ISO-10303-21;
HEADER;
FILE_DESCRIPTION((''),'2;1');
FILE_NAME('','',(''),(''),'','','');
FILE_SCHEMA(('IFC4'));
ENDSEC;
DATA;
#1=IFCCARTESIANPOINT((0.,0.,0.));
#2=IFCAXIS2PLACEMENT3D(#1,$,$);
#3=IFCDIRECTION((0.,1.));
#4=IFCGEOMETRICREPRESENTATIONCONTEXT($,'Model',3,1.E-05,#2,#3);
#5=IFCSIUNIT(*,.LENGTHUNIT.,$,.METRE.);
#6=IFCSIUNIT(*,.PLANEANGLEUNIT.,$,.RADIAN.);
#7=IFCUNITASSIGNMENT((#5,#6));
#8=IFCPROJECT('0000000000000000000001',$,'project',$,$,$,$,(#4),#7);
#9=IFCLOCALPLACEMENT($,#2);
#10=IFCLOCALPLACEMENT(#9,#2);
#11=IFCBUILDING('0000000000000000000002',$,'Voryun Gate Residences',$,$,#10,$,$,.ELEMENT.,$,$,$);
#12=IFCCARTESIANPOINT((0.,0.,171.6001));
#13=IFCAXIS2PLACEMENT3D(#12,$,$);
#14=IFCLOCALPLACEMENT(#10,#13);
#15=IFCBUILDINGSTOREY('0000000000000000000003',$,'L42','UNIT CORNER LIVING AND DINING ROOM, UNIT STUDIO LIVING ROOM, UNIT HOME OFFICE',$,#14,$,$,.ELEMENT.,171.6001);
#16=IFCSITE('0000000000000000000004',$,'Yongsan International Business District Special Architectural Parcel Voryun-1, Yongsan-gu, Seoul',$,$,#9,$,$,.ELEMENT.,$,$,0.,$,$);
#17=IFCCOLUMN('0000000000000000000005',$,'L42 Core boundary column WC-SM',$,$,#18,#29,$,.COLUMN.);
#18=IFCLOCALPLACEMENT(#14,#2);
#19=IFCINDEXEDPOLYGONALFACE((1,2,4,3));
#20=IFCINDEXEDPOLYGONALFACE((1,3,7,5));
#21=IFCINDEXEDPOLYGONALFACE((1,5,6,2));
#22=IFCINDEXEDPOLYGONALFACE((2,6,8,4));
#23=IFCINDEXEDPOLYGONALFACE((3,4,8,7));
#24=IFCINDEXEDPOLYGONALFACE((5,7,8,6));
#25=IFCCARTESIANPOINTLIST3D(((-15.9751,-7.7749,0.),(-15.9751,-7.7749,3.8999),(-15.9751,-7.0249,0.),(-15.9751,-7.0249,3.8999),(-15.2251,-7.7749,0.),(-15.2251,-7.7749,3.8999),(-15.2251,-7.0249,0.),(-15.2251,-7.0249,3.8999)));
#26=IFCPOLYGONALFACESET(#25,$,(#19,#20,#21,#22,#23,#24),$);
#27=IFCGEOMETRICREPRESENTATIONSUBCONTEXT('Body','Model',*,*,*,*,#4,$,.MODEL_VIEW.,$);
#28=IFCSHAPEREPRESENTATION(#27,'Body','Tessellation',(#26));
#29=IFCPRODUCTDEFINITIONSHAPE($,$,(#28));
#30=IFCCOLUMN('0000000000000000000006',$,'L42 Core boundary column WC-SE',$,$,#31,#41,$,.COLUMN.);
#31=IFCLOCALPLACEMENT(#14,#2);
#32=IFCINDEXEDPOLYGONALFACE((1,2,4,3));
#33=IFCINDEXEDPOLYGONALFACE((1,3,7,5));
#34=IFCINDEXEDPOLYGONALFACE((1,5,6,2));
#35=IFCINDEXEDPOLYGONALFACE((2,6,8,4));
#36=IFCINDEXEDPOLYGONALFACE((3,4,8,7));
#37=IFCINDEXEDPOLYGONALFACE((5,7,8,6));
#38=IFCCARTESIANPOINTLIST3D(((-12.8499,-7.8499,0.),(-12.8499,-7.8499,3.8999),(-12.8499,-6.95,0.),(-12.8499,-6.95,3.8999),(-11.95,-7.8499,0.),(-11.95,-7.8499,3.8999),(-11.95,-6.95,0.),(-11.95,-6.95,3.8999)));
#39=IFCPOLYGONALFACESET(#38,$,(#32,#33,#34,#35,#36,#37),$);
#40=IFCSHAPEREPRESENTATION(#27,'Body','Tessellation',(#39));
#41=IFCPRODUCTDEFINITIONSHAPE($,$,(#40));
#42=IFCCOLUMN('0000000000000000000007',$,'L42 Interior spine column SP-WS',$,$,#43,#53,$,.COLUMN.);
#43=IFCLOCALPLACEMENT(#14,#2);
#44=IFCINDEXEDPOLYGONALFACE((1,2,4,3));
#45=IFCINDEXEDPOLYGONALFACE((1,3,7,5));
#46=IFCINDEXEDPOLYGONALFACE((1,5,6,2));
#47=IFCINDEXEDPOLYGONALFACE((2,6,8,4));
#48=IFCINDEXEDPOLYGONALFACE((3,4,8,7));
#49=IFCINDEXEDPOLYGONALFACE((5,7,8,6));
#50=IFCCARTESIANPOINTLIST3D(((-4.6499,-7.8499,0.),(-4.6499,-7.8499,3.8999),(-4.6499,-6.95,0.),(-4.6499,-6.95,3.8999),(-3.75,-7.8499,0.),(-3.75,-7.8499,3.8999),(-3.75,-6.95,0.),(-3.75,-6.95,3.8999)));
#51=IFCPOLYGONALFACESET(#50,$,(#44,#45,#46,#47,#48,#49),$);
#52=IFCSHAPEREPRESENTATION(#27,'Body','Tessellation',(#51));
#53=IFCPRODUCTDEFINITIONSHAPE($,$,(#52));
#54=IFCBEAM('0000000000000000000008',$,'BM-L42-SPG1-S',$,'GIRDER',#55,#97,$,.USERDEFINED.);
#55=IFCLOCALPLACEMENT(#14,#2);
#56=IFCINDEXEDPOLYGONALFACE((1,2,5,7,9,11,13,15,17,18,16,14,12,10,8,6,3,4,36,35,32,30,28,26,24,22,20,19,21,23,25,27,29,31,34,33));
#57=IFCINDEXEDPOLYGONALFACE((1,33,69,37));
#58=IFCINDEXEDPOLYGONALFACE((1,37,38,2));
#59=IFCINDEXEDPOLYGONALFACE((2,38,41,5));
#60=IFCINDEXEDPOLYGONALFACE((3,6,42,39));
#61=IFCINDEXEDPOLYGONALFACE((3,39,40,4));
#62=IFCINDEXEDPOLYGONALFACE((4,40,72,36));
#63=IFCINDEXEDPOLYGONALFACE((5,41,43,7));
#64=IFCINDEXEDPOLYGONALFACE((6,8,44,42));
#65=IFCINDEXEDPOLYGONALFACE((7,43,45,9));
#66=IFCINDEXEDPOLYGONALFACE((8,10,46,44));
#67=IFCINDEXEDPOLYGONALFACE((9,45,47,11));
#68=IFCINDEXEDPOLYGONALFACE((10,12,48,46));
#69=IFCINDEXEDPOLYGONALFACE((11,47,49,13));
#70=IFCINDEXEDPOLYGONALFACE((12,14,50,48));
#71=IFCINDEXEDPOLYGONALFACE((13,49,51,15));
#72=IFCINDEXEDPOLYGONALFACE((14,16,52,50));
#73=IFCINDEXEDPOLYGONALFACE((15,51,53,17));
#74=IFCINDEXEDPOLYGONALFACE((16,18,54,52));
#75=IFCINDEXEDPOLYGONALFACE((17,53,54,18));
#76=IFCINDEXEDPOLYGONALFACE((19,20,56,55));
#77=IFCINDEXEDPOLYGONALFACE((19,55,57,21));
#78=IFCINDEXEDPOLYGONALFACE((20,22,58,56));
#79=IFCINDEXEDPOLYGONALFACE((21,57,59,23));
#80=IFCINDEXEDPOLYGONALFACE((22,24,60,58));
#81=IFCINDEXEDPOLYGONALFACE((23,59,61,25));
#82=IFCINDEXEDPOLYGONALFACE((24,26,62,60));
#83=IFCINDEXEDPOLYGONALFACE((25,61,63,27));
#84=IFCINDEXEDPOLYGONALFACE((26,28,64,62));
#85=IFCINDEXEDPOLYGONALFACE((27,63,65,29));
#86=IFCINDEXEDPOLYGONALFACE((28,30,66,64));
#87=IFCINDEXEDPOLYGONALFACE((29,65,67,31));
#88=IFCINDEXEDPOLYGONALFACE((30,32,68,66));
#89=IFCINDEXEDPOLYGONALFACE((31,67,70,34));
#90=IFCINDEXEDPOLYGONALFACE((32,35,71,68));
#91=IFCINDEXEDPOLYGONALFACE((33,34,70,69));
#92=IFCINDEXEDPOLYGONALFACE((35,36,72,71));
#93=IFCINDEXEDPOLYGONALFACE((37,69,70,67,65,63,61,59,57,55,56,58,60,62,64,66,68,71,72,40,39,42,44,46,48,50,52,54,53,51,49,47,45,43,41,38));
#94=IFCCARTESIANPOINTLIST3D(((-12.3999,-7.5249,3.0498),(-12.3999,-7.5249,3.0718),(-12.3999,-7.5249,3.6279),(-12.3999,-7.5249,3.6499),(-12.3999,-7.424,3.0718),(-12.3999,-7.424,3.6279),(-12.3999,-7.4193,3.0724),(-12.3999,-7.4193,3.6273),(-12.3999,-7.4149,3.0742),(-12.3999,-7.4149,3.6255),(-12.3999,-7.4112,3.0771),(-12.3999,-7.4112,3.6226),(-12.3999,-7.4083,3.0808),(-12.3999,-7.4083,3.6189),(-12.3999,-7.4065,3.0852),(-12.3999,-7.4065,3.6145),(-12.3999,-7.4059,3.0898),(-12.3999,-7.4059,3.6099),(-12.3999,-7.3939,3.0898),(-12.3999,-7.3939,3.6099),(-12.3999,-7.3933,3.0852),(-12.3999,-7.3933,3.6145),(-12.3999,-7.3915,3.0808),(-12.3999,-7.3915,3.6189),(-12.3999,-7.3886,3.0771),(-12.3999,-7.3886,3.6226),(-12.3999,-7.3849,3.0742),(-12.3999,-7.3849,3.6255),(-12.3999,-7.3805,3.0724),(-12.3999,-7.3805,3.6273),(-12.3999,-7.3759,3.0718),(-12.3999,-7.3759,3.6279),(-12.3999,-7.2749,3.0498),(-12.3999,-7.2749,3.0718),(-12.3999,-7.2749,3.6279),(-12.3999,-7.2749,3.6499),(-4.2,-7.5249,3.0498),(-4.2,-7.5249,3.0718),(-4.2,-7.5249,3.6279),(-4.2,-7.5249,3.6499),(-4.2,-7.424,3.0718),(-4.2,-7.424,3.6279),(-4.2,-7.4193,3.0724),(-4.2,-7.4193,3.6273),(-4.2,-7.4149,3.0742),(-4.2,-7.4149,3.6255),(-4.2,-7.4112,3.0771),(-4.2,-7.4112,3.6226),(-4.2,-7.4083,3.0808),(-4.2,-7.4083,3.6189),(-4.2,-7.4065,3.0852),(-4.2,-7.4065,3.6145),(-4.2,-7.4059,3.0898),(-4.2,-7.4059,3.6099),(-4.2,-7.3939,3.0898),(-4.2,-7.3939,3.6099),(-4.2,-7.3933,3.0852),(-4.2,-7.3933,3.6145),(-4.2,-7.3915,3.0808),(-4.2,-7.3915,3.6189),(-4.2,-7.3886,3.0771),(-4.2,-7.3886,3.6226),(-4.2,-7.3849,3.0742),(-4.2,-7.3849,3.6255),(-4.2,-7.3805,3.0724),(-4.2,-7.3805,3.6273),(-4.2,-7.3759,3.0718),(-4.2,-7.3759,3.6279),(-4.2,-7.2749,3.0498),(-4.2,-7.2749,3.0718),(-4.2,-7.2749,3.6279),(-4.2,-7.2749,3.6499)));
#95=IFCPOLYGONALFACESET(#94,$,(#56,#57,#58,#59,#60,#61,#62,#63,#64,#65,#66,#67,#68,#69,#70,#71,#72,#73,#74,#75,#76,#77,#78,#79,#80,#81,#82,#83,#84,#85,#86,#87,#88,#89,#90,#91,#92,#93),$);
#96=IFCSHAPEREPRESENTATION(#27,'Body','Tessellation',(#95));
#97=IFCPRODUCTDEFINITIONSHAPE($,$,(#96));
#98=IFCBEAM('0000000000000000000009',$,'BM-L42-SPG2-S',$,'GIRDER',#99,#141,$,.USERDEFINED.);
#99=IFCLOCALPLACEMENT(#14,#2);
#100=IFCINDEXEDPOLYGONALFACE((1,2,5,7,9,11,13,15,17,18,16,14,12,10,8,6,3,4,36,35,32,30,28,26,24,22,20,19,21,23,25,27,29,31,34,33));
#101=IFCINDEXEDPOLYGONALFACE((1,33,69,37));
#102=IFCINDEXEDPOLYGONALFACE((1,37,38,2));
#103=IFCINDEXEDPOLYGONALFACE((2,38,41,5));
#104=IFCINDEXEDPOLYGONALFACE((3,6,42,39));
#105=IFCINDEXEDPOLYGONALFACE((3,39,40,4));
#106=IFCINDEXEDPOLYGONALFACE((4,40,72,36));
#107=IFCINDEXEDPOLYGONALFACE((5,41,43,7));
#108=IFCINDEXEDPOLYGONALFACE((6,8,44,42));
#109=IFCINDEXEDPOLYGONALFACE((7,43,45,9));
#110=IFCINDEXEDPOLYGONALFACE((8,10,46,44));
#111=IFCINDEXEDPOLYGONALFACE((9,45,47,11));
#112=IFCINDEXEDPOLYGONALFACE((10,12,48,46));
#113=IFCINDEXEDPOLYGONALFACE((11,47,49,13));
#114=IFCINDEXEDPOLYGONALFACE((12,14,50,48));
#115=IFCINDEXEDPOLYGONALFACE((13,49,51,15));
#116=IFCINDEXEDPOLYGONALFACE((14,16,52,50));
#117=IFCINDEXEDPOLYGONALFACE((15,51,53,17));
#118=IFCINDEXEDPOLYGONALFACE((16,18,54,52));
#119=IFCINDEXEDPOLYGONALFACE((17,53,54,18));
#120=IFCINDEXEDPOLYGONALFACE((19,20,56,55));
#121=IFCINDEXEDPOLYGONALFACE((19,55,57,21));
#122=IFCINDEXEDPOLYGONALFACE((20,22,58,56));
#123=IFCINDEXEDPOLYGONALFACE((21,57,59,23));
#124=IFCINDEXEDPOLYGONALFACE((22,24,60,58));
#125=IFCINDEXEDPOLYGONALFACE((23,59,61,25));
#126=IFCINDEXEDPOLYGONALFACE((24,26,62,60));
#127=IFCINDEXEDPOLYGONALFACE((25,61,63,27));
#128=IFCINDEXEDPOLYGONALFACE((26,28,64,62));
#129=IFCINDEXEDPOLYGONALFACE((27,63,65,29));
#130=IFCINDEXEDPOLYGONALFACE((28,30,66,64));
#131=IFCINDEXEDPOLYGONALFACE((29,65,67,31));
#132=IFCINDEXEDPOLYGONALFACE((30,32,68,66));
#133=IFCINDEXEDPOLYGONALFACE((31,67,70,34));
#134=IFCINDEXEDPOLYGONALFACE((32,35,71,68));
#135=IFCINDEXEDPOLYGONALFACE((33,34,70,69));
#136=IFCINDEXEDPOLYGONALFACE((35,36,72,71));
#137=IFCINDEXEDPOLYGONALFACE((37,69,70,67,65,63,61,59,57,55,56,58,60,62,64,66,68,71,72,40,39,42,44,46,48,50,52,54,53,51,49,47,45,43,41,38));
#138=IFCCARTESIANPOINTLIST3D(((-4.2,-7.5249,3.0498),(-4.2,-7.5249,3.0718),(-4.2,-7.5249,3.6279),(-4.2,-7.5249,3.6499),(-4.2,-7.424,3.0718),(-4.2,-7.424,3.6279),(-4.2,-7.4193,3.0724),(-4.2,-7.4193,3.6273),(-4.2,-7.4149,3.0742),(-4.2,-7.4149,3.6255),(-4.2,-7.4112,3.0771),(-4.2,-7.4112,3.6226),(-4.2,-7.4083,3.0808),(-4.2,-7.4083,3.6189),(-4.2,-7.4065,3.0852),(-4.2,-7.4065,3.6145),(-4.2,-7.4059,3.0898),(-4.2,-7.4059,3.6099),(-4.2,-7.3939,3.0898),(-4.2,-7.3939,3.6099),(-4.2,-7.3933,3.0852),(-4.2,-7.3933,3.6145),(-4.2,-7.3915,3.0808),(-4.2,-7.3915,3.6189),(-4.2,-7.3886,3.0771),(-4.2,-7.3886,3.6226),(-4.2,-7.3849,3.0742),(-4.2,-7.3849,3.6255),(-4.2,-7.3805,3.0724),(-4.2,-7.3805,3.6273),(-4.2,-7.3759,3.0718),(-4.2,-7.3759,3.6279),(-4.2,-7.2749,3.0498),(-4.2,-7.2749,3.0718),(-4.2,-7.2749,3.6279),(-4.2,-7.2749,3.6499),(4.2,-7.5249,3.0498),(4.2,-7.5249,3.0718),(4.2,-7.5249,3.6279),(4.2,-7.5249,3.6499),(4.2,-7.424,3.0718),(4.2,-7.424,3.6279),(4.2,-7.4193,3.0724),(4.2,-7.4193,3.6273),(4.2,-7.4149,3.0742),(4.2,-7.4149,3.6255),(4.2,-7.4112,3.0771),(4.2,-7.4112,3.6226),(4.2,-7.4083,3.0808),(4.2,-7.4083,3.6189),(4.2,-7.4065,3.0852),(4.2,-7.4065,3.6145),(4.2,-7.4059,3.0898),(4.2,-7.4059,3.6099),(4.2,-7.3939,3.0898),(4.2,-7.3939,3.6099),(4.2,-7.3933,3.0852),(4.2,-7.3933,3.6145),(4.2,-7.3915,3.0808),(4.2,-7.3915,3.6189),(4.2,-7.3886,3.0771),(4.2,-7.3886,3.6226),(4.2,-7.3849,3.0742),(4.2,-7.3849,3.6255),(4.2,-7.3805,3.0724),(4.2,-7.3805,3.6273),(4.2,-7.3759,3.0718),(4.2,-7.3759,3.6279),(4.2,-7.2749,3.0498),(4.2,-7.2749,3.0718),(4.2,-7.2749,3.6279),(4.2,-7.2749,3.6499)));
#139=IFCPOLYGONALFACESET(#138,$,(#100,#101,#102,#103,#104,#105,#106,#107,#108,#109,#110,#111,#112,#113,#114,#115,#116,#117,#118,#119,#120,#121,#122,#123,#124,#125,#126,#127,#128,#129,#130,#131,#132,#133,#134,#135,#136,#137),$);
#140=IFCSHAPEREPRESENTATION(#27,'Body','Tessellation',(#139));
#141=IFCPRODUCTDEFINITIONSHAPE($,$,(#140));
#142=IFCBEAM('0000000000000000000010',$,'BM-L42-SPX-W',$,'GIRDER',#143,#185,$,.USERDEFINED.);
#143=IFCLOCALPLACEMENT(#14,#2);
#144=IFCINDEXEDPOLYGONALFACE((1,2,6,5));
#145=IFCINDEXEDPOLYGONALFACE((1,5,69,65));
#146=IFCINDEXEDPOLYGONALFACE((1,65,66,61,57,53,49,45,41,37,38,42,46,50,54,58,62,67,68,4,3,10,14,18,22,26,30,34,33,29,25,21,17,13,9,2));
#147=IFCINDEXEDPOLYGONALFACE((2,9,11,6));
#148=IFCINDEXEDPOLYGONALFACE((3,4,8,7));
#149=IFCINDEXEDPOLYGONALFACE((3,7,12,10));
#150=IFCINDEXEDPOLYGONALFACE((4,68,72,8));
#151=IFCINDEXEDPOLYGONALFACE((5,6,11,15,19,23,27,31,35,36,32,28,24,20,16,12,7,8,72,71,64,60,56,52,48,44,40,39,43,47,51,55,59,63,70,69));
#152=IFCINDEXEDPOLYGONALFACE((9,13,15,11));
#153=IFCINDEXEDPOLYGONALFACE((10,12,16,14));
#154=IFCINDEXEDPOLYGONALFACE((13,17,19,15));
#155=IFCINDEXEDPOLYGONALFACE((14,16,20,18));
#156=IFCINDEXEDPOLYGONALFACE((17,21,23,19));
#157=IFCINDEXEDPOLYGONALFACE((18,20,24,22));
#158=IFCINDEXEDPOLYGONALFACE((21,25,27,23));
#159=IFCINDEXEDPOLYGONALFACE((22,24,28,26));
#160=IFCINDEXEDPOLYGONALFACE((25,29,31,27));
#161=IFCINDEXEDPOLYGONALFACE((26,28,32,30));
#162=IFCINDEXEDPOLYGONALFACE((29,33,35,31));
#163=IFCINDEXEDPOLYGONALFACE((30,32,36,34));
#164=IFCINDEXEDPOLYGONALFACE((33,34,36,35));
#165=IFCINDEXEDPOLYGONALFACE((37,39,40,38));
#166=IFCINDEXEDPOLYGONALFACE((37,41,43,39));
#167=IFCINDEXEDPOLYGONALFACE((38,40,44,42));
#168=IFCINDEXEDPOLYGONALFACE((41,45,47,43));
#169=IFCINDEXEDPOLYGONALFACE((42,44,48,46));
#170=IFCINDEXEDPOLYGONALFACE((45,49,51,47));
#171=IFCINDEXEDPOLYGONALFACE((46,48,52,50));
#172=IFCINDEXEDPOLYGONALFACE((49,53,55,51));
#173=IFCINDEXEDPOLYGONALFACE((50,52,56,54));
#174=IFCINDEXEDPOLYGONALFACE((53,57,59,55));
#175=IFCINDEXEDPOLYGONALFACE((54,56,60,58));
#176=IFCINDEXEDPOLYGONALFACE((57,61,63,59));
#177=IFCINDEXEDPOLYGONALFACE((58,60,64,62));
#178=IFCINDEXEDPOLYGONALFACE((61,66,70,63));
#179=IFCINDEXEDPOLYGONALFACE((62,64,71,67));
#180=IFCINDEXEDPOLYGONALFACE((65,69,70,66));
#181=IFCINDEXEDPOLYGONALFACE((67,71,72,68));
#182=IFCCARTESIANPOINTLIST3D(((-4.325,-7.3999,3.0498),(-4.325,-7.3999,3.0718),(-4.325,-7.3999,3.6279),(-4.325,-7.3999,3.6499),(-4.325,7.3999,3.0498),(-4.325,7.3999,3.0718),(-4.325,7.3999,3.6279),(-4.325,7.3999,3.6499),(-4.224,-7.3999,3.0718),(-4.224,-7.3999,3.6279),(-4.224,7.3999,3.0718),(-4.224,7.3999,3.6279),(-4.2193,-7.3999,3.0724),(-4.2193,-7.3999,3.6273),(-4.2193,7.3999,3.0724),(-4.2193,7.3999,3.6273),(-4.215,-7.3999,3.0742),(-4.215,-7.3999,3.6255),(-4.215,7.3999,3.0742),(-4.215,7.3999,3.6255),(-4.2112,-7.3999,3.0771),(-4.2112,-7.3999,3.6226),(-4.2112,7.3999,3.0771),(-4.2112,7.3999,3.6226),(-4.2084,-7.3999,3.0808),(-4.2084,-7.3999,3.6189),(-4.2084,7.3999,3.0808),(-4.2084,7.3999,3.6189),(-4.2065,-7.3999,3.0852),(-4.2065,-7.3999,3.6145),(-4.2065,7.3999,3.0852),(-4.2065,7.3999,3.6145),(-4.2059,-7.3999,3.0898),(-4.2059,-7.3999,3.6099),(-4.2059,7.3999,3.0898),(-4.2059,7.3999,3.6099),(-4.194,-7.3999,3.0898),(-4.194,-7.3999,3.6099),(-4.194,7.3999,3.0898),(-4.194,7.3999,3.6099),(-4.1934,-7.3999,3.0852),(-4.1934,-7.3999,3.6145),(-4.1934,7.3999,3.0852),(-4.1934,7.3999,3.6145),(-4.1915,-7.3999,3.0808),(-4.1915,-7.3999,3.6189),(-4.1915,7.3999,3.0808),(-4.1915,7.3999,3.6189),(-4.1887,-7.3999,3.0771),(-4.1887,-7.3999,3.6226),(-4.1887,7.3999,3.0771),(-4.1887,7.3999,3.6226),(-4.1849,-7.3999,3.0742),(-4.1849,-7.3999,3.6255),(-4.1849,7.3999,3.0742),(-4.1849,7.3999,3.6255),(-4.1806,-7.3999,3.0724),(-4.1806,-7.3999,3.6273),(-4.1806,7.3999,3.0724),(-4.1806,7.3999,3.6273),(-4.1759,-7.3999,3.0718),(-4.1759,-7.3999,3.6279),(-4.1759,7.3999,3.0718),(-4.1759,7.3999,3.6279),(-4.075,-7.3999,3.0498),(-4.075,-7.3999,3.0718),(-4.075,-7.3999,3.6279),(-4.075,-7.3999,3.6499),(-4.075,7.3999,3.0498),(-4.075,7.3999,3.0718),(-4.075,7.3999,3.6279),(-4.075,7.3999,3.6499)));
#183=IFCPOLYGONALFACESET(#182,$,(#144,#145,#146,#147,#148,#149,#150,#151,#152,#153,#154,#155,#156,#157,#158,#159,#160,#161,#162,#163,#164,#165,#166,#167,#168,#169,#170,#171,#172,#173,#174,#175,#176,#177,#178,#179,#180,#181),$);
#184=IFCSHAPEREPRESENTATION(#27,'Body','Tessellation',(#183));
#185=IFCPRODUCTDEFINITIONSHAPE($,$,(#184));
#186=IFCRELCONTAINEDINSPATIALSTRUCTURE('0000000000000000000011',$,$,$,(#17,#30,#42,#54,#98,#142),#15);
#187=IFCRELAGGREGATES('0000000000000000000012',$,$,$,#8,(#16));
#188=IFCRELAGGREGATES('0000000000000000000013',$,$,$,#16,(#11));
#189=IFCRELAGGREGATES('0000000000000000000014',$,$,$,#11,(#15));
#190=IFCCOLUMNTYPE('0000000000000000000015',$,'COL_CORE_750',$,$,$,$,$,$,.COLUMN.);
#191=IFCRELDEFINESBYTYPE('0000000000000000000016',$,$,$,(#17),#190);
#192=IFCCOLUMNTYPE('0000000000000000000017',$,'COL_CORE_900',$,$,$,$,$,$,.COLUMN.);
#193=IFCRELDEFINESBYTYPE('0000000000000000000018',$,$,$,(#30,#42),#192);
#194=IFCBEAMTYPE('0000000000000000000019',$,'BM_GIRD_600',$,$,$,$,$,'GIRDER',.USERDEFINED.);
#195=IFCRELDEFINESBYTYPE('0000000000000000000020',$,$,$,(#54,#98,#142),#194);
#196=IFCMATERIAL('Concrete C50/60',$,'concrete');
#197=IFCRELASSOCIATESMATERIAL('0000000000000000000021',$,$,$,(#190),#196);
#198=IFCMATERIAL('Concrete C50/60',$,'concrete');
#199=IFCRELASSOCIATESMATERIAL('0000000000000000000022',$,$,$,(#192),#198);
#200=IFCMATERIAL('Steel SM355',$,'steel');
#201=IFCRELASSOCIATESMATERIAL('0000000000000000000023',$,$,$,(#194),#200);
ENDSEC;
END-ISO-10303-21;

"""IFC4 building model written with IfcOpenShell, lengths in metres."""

from ifc_helpers import new_model, si_unit, direction, frame, origin, origin_2d, place, context, subcontext, project, spatial, rectangle, i_section, extrude, material, material_profile, profile_set, type_object, element, save


model = new_model("IFC4")

# Units and contexts
model_context = context("Model", 3, precision=1e-05, world=origin(), true_north=direction((0.0, 1.0)))
body_context = subcontext(model_context, "Body", "Model", "MODEL_VIEW")
ifc_project = project(units=[si_unit("LENGTHUNIT", "METRE"), si_unit("PLANEANGLEUNIT", "RADIAN")], contexts=[model_context])

# Site, building, storey
site_placement = place(None, origin())
site = spatial("IfcSite", under=ifc_project, at=site_placement, Name="Yongsan International Business District Special Architectural Parcel Voryun-1, Yongsan-gu, Seoul", CompositionType="ELEMENT", RefElevation=0.0)
building_placement = place(site_placement, origin())
building = spatial("IfcBuilding", under=site, at=building_placement, Name="Voryun Gate Residences", CompositionType="ELEMENT")
storey_placement = place(building_placement, frame((0.0, 0.0, 171.6001)))
storey = spatial("IfcBuildingStorey", under=building, at=storey_placement, Name="L42", Description="UNIT CORNER LIVING AND DINING ROOM, UNIT STUDIO LIVING ROOM, UNIT HOME OFFICE", CompositionType="ELEMENT", Elevation=171.6001)

# Columns
ifc_material_1 = material(Name="Concrete C50/60", Category="concrete")
ifc_material_profile_1 = material_profile(ifc_material_1, rectangle(XDim=0.75, YDim=0.75, at=origin_2d()), Name="RC-750x750")
ifc_profile_set_1 = profile_set([ifc_material_profile_1], Name="Concrete C50/60")
column_type_1 = type_object("IfcColumnType", Name="COL_CORE_750", PredefinedType="COLUMN", material=ifc_profile_set_1)
column_placement = place(storey_placement, frame((-15.6001, -7.3999, 0.0), z_axis=(0.0, 0.0, 1.0), x_axis=(1.0, 0.0, 0.0)))
element("IfcColumn", 1, at=column_placement, inside=storey, type_object=column_type_1, Name="L42 Core boundary column WC-SM", PredefinedType="COLUMN", context=body_context, shape_type="SweptSolid", body=[
    extrude(rectangle(XDim=0.75, YDim=0.75, at=origin_2d()), origin(), (0.0, 0.0, 1.0), 3.8999),
])
ifc_material_2 = material(Name="Concrete C50/60", Category="concrete")
ifc_material_profile_2 = material_profile(ifc_material_2, rectangle(XDim=0.8999, YDim=0.8999, at=origin_2d()), Name="RC-900x900")
ifc_profile_set_2 = profile_set([ifc_material_profile_2], Name="Concrete C50/60")
column_type_2 = type_object("IfcColumnType", Name="COL_CORE_900", PredefinedType="COLUMN", material=ifc_profile_set_2)
for number, where, z_axis, x_axis, name in (
    (2, (-12.3999, -7.3999, 0.0), (0.0, 0.0, 1.0), (1.0, 0.0, 0.0), "L42 Core boundary column WC-SE"),
    (3, (-4.2, -7.3999, 0.0), (0.0, 0.0, 1.0), (1.0, 0.0, 0.0), "L42 Interior spine column SP-WS"),
):
    element("IfcColumn", number, at=place(storey_placement, frame(where, z_axis=z_axis, x_axis=x_axis)), inside=storey, type_object=column_type_2, Name=name, PredefinedType="COLUMN", context=body_context, shape_type="SweptSolid", body=[
        extrude(rectangle(XDim=0.8999, YDim=0.8999, at=origin_2d()), origin(), (0.0, 0.0, 1.0), 3.8999),
    ])

# Beams
ifc_material_3 = material(Name="Steel SM355", Category="steel")
ifc_material_profile_3 = material_profile(ifc_material_3, i_section(OverallWidth=0.25, OverallDepth=0.6001, WebThickness=0.012, FlangeThickness=0.022, FilletRadius=0.0181, at=origin_2d()), Name="H-600x250x12x22")
ifc_profile_set_3 = profile_set([ifc_material_profile_3], Name="Steel SM355")
beam_type_1 = type_object("IfcBeamType", Name="BM_GIRD_600", ElementType="GIRDER", PredefinedType="USERDEFINED", material=ifc_profile_set_3)
beam_1_placement = place(storey_placement, frame((-12.3999, -7.3999, 3.3499), z_axis=(1.0, 0.0, 0.0), x_axis=(0.0, 1.0, 0.0)))
element("IfcBeam", 4, at=beam_1_placement, inside=storey, type_object=beam_type_1, Name="BM-L42-SPG1-S", ObjectType="GIRDER", PredefinedType="USERDEFINED", context=body_context, shape_type="SweptSolid", body=[
    extrude(i_section(OverallWidth=0.25, OverallDepth=0.6001, WebThickness=0.012, FlangeThickness=0.022, FilletRadius=0.0181, at=origin_2d()), origin(), (0.0, 0.0, 1.0), 8.2),
])
beam_2_placement = place(storey_placement, frame((-4.2, -7.3999, 3.3499), z_axis=(1.0, 0.0, 0.0), x_axis=(0.0, 1.0, 0.0)))
element("IfcBeam", 5, at=beam_2_placement, inside=storey, type_object=beam_type_1, Name="BM-L42-SPG2-S", ObjectType="GIRDER", PredefinedType="USERDEFINED", context=body_context, shape_type="SweptSolid", body=[
    extrude(i_section(OverallWidth=0.25, OverallDepth=0.6001, WebThickness=0.012, FlangeThickness=0.022, FilletRadius=0.0181, at=origin_2d()), origin(), (0.0, 0.0, 1.0), 8.3999),
])
beam_3_placement = place(storey_placement, frame((-4.2, -7.3999, 3.3499), z_axis=(0.0, 1.0, 0.0), x_axis=(-1.0, 0.0, 0.0)))
element("IfcBeam", 6, at=beam_3_placement, inside=storey, type_object=beam_type_1, Name="BM-L42-SPX-W", ObjectType="GIRDER", PredefinedType="USERDEFINED", context=body_context, shape_type="SweptSolid", body=[
    extrude(i_section(OverallWidth=0.25, OverallDepth=0.6001, WebThickness=0.012, FlangeThickness=0.022, FilletRadius=0.0181, at=origin_2d()), origin(), (0.0, 0.0, 1.0), 14.7998),
])

save(model, "model.ifc")
